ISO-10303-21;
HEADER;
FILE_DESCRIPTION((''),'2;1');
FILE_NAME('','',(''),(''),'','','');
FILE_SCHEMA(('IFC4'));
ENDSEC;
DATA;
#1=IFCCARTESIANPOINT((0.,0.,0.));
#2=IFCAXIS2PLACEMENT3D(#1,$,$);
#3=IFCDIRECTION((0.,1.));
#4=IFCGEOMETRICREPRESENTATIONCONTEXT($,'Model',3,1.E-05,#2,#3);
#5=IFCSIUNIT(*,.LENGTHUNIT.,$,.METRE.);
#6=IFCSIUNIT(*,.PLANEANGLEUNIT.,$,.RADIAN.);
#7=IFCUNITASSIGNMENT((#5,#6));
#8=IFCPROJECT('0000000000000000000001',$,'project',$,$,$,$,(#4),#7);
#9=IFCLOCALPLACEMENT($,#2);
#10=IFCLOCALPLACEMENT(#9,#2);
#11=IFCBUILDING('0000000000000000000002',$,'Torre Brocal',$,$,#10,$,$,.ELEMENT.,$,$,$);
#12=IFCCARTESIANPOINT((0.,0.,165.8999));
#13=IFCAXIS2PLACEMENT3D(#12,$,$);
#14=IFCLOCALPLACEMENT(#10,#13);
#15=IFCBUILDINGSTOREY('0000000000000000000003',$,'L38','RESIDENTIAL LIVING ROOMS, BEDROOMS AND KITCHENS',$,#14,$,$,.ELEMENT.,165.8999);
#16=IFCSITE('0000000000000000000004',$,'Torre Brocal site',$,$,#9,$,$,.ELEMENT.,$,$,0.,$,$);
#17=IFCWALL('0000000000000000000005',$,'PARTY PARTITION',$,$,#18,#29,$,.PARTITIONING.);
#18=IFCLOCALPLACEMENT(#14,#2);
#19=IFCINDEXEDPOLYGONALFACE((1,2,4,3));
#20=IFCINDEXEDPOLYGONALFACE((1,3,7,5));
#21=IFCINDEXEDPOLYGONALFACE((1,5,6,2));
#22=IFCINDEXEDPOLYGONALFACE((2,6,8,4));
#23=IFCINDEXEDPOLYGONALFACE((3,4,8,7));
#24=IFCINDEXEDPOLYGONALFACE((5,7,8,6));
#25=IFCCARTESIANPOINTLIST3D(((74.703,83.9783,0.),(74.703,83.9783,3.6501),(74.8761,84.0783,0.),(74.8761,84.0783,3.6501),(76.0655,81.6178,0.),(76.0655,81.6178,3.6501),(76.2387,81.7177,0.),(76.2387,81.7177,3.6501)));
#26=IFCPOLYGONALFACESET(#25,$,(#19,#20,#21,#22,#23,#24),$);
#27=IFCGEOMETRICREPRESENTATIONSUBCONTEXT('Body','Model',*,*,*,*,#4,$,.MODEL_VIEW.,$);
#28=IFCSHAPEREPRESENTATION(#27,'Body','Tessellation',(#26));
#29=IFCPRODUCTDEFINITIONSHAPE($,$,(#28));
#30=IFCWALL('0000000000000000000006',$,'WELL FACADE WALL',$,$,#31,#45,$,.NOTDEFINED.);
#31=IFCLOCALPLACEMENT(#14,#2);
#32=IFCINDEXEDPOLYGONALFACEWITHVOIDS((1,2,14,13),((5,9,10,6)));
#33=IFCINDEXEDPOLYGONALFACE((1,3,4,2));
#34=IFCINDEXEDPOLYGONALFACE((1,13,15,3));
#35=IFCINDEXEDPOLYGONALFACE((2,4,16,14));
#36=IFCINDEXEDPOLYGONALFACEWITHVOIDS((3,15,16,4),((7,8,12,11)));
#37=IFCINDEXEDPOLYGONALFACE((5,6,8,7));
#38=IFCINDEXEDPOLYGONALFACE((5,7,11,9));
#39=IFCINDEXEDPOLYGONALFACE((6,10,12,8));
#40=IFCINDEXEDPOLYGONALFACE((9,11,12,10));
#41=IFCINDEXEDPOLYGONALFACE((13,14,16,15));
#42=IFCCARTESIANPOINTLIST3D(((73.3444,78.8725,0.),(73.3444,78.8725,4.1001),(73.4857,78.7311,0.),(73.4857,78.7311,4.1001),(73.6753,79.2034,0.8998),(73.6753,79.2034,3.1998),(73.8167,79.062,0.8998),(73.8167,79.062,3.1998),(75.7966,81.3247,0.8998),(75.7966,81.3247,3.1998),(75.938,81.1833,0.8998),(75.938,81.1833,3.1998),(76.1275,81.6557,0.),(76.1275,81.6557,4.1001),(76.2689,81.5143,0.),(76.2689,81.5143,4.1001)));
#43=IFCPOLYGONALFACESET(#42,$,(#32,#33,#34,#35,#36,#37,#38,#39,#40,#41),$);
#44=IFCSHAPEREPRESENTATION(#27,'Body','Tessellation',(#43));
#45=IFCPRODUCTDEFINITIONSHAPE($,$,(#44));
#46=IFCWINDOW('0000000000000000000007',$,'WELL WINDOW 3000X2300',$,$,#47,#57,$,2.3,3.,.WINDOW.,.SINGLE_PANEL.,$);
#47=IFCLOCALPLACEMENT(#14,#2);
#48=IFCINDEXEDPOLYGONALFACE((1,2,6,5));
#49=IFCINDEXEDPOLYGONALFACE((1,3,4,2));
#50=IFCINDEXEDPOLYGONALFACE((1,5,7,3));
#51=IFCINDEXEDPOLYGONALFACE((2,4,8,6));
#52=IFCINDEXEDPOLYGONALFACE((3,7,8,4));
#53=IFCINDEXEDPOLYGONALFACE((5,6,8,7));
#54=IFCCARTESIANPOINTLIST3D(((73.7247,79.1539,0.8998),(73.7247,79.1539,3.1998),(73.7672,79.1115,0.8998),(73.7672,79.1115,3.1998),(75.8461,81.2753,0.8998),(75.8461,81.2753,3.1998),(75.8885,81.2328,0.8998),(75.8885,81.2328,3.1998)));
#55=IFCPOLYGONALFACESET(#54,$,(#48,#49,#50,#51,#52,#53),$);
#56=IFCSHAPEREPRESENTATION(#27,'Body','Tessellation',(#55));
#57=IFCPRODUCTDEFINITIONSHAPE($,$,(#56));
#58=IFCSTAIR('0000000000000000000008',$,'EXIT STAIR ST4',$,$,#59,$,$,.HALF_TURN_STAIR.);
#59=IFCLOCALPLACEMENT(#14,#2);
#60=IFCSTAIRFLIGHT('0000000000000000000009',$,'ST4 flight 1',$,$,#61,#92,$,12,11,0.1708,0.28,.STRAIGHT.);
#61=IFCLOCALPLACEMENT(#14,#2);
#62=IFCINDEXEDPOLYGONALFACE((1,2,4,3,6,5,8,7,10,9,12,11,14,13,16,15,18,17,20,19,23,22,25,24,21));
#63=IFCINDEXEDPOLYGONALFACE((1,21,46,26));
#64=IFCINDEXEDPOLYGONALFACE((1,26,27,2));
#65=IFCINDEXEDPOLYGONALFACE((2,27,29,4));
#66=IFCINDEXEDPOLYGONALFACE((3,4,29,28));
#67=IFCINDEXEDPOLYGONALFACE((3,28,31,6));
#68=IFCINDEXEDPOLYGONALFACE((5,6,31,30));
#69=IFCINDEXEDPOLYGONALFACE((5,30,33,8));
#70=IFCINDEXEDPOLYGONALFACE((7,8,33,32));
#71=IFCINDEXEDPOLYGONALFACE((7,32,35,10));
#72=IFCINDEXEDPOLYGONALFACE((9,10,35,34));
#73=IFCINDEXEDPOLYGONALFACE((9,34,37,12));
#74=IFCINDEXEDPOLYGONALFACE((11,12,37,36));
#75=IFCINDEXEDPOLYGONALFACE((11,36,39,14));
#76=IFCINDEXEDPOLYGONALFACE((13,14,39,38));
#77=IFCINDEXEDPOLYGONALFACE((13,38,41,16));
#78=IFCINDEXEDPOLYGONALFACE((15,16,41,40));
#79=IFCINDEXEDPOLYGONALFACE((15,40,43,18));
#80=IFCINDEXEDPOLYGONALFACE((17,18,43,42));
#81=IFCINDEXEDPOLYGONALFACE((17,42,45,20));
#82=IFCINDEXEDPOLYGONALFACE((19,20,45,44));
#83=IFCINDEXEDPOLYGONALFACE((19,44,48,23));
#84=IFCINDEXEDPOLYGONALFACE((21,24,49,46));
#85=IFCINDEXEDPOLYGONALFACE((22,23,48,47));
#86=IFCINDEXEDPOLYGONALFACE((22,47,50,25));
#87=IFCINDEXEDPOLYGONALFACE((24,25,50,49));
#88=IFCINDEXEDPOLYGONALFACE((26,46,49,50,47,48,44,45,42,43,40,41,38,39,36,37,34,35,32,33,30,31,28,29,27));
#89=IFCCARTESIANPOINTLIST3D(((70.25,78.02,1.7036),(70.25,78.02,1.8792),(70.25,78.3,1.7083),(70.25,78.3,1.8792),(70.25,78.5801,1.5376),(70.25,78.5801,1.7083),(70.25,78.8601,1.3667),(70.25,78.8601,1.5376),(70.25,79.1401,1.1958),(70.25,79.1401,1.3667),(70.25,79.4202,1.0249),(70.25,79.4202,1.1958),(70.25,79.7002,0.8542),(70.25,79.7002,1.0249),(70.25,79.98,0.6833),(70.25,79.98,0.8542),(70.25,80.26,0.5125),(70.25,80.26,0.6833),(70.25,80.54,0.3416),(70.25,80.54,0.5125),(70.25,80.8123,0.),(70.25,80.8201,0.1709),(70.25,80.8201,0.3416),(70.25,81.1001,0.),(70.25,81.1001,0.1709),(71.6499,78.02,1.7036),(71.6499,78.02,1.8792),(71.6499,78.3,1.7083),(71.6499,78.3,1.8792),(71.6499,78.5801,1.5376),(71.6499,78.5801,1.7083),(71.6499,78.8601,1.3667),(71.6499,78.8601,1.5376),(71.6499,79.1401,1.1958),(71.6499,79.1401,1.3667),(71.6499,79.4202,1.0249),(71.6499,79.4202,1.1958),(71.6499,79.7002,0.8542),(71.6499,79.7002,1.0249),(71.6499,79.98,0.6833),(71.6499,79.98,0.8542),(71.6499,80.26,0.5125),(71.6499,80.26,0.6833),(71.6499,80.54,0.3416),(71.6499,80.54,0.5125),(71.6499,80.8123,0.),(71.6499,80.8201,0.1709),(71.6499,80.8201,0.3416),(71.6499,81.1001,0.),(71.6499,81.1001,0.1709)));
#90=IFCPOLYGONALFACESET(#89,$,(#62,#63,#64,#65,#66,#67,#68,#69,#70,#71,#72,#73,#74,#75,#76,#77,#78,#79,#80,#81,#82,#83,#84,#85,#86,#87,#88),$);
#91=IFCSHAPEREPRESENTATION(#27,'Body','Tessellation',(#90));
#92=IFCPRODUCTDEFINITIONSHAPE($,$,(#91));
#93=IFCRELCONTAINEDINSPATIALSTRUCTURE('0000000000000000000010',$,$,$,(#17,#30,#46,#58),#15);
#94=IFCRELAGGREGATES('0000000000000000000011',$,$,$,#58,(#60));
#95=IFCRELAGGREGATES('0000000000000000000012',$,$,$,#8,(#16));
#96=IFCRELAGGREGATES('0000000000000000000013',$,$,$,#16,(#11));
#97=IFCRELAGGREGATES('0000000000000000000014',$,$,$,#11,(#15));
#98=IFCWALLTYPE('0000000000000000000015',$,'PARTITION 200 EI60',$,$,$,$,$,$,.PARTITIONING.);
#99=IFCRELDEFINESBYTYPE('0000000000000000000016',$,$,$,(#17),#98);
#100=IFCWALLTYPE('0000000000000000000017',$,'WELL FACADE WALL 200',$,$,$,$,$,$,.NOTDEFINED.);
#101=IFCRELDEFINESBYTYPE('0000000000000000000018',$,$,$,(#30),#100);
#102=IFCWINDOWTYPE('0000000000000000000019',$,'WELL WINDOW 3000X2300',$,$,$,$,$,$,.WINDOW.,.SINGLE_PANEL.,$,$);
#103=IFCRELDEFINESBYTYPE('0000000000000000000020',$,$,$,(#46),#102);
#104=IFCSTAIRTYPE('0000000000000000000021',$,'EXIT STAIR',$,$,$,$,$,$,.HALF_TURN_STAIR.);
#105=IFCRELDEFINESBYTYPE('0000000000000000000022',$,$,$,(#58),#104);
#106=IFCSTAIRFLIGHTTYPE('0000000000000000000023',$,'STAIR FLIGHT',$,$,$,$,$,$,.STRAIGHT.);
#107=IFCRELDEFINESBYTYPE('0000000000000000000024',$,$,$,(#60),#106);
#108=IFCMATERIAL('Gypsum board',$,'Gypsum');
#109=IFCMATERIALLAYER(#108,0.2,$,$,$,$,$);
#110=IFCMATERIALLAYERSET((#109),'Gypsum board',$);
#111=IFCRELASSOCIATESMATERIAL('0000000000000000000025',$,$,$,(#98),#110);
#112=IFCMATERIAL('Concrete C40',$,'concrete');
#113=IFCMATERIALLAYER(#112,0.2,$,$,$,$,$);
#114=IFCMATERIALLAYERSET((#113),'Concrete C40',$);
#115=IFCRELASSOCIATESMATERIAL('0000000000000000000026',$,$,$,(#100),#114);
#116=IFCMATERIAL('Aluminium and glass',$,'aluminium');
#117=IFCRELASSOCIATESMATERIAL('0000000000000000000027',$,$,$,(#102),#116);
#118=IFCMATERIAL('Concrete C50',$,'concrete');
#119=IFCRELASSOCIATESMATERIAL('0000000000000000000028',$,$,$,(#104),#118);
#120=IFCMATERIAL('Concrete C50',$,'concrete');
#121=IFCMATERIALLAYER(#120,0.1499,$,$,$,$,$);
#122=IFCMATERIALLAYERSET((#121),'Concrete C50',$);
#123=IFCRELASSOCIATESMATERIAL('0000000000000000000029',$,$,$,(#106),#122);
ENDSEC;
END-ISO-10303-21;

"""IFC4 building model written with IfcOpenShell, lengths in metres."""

from ifc_helpers import new_model, si_unit, direction, frame, frame_2d, origin, place, context, subcontext, project, spatial, polyline, rectangle, outline, extrude, material, layer, layer_set, type_object, element, fill, aggregate, save


model = new_model("IFC4")

# Units and contexts
model_context = context("Model", 3, precision=1e-05, world=origin(), true_north=direction((0.0, 1.0)))
body_context = subcontext(model_context, "Body", "Model", "MODEL_VIEW")
ifc_project = project(units=[si_unit("LENGTHUNIT", "METRE"), si_unit("PLANEANGLEUNIT", "RADIAN")], contexts=[model_context])

# Site, building, storey
site_placement = place(None, origin())
site = spatial("IfcSite", under=ifc_project, at=site_placement, Name="Torre Brocal site", CompositionType="ELEMENT", RefElevation=0.0)
building_placement = place(site_placement, origin())
building = spatial("IfcBuilding", under=site, at=building_placement, Name="Torre Brocal", CompositionType="ELEMENT")
storey_placement = place(building_placement, frame((0.0, 0.0, 165.8999)))
storey = spatial("IfcBuildingStorey", under=building, at=storey_placement, Name="L38", Description="RESIDENTIAL LIVING ROOMS, BEDROOMS AND KITCHENS", CompositionType="ELEMENT", Elevation=165.8999)

# Shared definitions
ifc_material_1 = material(Name="Gypsum board", Category="Gypsum")
ifc_layer_1 = layer(ifc_material_1, 0.2)
ifc_layer_set_1 = layer_set([ifc_layer_1], Name="Gypsum board")
wall_type_1 = type_object("IfcWallType", Name="PARTITION 200 EI60", PredefinedType="PARTITIONING", material=ifc_layer_set_1)

# Wall
wall_1_placement = place(storey_placement, frame((74.7896, 84.0283, 0.0), z_axis=(0.0, 0.0, 1.0), x_axis=(0.499906, -0.86608, 0.0)))
element("IfcWall", 1, at=wall_1_placement, inside=storey, type_object=wall_type_1, Name="PARTY PARTITION", PredefinedType="PARTITIONING", context=body_context, shape_type="SweptSolid", body=[
    extrude(rectangle(XDim=2.7256, YDim=0.2, at=frame_2d((1.3628, 0.0))), origin(), (0.0, 0.0, 1.0), 3.6501),
])

# Wall, opening, window
ifc_material_2 = material(Name="Concrete C40", Category="concrete")
ifc_layer_2 = layer(ifc_material_2, 0.2)
ifc_layer_set_2 = layer_set([ifc_layer_2], Name="Concrete C40")
wall_type_2 = type_object("IfcWallType", Name="WELL FACADE WALL 200", PredefinedType="NOTDEFINED", material=ifc_layer_set_2)
wall_2_placement = place(storey_placement, frame((76.1982, 81.585, 0.0), z_axis=(0.0, 0.0, 1.0), x_axis=(-0.707107, -0.707107, 0.0)))
wall_2 = element("IfcWall", 2, at=wall_2_placement, inside=storey, type_object=wall_type_2, Name="WELL FACADE WALL", PredefinedType="NOTDEFINED", context=body_context, shape_type="SweptSolid", body=[
    extrude(rectangle(XDim=3.936, YDim=0.2, at=frame_2d((1.968, 0.0))), origin(), (0.0, 0.0, 1.0), 4.1001),
])
opening_1_placement = place(wall_2_placement, frame((0.468, 0.0, 0.8999)))
opening_1 = element("IfcOpeningElement", 3, at=opening_1_placement, cuts=wall_2, PredefinedType="OPENING", context=body_context, shape_type="SweptSolid", body=[
    extrude(rectangle(XDim=3.0, YDim=2.3, at=frame_2d((1.5, 1.1499))), frame((0.0, 0.1099, 0.0), z_axis=(0.0, -1.0, 0.0), x_axis=(1.0, 0.0, 0.0)), (0.0, 0.0, 1.0), 0.22),
])
ifc_material_3 = material(Name="Aluminium and glass", Category="aluminium")
window_type = type_object("IfcWindowType", Name="WELL WINDOW 3000X2300", PartitioningType="SINGLE_PANEL", PredefinedType="WINDOW", material=ifc_material_3)
window_placement = place(opening_1_placement, origin())
window = element("IfcWindow", 4, at=window_placement, inside=storey, type_object=window_type, Name="WELL WINDOW 3000X2300", OverallHeight=2.3, OverallWidth=3.0, PartitioningType="SINGLE_PANEL", PredefinedType="WINDOW", context=body_context, shape_type="SweptSolid", body=[
    extrude(rectangle(XDim=3.0, YDim=2.3, at=frame_2d((1.5, 1.1499))), frame((0.0, 0.03, 0.0), z_axis=(0.0, -1.0, 0.0), x_axis=(1.0, 0.0, 0.0)), (0.0, 0.0, 1.0), 0.0601),
])
fill(opening_1, window)

# Stair, stair flight
ifc_material_4 = material(Name="Concrete C50", Category="concrete")
stair_type = type_object("IfcStairType", Name="EXIT STAIR", PredefinedType="HALF_TURN_STAIR", material=ifc_material_4)
stair_placement = place(storey_placement, origin())
stair = element("IfcStair", 5, at=stair_placement, inside=storey, type_object=stair_type, Name="EXIT STAIR ST4", PredefinedType="HALF_TURN_STAIR")
ifc_material_5 = material(Name="Concrete C50", Category="concrete")
ifc_layer_3 = layer(ifc_material_5, 0.1499)
ifc_layer_set_3 = layer_set([ifc_layer_3], Name="Concrete C50")
stair_flight_type = type_object("IfcStairFlightType", Name="STAIR FLIGHT", PredefinedType="STRAIGHT", material=ifc_layer_set_3)
stair_flight_placement = place(storey_placement, frame((70.95, 81.1001, 0.0), z_axis=(0.0, 0.0, 1.0), x_axis=(0.0, -1.0, 0.0)))
stair_flight = element("IfcStairFlight", 6, at=stair_flight_placement, type_object=stair_flight_type, Name="ST4 flight 1", NumberOfRisers=12, NumberOfTreads=11, PredefinedType="STRAIGHT", RiserHeight=0.1708, TreadLength=0.28, context=body_context, shape_type="SweptSolid", body=[
    extrude(outline(polyline([(0.0, 0.0), (0.0, 0.1709), (0.28, 0.1709), (0.28, 0.3416), (0.5601, 0.3416), (0.5601, 0.5125), (0.8401, 0.5125), (0.8401, 0.6833), (1.1201, 0.6833), (1.1201, 0.8542), (1.3999, 0.8542), (1.3999, 1.0249), (1.6799, 1.0249), (1.6799, 1.1958), (1.96, 1.1958), (1.96, 1.3667), (2.24, 1.3667), (2.24, 1.5376), (2.52, 1.5376), (2.52, 1.7083), (2.8, 1.7083), (2.8, 1.8792), (3.0801, 1.8792), (3.0801, 2.05), (3.0801, 1.7036), (0.2878, 0.0), (0.0, 0.0)])), frame((0.0, 0.7, 0.0), z_axis=(0.0, -1.0, 0.0), x_axis=(1.0, 0.0, 0.0)), (0.0, 0.0, 1.0), 1.3999),
])
aggregate(stair, [stair_flight])

save(model, "model.ifc")
